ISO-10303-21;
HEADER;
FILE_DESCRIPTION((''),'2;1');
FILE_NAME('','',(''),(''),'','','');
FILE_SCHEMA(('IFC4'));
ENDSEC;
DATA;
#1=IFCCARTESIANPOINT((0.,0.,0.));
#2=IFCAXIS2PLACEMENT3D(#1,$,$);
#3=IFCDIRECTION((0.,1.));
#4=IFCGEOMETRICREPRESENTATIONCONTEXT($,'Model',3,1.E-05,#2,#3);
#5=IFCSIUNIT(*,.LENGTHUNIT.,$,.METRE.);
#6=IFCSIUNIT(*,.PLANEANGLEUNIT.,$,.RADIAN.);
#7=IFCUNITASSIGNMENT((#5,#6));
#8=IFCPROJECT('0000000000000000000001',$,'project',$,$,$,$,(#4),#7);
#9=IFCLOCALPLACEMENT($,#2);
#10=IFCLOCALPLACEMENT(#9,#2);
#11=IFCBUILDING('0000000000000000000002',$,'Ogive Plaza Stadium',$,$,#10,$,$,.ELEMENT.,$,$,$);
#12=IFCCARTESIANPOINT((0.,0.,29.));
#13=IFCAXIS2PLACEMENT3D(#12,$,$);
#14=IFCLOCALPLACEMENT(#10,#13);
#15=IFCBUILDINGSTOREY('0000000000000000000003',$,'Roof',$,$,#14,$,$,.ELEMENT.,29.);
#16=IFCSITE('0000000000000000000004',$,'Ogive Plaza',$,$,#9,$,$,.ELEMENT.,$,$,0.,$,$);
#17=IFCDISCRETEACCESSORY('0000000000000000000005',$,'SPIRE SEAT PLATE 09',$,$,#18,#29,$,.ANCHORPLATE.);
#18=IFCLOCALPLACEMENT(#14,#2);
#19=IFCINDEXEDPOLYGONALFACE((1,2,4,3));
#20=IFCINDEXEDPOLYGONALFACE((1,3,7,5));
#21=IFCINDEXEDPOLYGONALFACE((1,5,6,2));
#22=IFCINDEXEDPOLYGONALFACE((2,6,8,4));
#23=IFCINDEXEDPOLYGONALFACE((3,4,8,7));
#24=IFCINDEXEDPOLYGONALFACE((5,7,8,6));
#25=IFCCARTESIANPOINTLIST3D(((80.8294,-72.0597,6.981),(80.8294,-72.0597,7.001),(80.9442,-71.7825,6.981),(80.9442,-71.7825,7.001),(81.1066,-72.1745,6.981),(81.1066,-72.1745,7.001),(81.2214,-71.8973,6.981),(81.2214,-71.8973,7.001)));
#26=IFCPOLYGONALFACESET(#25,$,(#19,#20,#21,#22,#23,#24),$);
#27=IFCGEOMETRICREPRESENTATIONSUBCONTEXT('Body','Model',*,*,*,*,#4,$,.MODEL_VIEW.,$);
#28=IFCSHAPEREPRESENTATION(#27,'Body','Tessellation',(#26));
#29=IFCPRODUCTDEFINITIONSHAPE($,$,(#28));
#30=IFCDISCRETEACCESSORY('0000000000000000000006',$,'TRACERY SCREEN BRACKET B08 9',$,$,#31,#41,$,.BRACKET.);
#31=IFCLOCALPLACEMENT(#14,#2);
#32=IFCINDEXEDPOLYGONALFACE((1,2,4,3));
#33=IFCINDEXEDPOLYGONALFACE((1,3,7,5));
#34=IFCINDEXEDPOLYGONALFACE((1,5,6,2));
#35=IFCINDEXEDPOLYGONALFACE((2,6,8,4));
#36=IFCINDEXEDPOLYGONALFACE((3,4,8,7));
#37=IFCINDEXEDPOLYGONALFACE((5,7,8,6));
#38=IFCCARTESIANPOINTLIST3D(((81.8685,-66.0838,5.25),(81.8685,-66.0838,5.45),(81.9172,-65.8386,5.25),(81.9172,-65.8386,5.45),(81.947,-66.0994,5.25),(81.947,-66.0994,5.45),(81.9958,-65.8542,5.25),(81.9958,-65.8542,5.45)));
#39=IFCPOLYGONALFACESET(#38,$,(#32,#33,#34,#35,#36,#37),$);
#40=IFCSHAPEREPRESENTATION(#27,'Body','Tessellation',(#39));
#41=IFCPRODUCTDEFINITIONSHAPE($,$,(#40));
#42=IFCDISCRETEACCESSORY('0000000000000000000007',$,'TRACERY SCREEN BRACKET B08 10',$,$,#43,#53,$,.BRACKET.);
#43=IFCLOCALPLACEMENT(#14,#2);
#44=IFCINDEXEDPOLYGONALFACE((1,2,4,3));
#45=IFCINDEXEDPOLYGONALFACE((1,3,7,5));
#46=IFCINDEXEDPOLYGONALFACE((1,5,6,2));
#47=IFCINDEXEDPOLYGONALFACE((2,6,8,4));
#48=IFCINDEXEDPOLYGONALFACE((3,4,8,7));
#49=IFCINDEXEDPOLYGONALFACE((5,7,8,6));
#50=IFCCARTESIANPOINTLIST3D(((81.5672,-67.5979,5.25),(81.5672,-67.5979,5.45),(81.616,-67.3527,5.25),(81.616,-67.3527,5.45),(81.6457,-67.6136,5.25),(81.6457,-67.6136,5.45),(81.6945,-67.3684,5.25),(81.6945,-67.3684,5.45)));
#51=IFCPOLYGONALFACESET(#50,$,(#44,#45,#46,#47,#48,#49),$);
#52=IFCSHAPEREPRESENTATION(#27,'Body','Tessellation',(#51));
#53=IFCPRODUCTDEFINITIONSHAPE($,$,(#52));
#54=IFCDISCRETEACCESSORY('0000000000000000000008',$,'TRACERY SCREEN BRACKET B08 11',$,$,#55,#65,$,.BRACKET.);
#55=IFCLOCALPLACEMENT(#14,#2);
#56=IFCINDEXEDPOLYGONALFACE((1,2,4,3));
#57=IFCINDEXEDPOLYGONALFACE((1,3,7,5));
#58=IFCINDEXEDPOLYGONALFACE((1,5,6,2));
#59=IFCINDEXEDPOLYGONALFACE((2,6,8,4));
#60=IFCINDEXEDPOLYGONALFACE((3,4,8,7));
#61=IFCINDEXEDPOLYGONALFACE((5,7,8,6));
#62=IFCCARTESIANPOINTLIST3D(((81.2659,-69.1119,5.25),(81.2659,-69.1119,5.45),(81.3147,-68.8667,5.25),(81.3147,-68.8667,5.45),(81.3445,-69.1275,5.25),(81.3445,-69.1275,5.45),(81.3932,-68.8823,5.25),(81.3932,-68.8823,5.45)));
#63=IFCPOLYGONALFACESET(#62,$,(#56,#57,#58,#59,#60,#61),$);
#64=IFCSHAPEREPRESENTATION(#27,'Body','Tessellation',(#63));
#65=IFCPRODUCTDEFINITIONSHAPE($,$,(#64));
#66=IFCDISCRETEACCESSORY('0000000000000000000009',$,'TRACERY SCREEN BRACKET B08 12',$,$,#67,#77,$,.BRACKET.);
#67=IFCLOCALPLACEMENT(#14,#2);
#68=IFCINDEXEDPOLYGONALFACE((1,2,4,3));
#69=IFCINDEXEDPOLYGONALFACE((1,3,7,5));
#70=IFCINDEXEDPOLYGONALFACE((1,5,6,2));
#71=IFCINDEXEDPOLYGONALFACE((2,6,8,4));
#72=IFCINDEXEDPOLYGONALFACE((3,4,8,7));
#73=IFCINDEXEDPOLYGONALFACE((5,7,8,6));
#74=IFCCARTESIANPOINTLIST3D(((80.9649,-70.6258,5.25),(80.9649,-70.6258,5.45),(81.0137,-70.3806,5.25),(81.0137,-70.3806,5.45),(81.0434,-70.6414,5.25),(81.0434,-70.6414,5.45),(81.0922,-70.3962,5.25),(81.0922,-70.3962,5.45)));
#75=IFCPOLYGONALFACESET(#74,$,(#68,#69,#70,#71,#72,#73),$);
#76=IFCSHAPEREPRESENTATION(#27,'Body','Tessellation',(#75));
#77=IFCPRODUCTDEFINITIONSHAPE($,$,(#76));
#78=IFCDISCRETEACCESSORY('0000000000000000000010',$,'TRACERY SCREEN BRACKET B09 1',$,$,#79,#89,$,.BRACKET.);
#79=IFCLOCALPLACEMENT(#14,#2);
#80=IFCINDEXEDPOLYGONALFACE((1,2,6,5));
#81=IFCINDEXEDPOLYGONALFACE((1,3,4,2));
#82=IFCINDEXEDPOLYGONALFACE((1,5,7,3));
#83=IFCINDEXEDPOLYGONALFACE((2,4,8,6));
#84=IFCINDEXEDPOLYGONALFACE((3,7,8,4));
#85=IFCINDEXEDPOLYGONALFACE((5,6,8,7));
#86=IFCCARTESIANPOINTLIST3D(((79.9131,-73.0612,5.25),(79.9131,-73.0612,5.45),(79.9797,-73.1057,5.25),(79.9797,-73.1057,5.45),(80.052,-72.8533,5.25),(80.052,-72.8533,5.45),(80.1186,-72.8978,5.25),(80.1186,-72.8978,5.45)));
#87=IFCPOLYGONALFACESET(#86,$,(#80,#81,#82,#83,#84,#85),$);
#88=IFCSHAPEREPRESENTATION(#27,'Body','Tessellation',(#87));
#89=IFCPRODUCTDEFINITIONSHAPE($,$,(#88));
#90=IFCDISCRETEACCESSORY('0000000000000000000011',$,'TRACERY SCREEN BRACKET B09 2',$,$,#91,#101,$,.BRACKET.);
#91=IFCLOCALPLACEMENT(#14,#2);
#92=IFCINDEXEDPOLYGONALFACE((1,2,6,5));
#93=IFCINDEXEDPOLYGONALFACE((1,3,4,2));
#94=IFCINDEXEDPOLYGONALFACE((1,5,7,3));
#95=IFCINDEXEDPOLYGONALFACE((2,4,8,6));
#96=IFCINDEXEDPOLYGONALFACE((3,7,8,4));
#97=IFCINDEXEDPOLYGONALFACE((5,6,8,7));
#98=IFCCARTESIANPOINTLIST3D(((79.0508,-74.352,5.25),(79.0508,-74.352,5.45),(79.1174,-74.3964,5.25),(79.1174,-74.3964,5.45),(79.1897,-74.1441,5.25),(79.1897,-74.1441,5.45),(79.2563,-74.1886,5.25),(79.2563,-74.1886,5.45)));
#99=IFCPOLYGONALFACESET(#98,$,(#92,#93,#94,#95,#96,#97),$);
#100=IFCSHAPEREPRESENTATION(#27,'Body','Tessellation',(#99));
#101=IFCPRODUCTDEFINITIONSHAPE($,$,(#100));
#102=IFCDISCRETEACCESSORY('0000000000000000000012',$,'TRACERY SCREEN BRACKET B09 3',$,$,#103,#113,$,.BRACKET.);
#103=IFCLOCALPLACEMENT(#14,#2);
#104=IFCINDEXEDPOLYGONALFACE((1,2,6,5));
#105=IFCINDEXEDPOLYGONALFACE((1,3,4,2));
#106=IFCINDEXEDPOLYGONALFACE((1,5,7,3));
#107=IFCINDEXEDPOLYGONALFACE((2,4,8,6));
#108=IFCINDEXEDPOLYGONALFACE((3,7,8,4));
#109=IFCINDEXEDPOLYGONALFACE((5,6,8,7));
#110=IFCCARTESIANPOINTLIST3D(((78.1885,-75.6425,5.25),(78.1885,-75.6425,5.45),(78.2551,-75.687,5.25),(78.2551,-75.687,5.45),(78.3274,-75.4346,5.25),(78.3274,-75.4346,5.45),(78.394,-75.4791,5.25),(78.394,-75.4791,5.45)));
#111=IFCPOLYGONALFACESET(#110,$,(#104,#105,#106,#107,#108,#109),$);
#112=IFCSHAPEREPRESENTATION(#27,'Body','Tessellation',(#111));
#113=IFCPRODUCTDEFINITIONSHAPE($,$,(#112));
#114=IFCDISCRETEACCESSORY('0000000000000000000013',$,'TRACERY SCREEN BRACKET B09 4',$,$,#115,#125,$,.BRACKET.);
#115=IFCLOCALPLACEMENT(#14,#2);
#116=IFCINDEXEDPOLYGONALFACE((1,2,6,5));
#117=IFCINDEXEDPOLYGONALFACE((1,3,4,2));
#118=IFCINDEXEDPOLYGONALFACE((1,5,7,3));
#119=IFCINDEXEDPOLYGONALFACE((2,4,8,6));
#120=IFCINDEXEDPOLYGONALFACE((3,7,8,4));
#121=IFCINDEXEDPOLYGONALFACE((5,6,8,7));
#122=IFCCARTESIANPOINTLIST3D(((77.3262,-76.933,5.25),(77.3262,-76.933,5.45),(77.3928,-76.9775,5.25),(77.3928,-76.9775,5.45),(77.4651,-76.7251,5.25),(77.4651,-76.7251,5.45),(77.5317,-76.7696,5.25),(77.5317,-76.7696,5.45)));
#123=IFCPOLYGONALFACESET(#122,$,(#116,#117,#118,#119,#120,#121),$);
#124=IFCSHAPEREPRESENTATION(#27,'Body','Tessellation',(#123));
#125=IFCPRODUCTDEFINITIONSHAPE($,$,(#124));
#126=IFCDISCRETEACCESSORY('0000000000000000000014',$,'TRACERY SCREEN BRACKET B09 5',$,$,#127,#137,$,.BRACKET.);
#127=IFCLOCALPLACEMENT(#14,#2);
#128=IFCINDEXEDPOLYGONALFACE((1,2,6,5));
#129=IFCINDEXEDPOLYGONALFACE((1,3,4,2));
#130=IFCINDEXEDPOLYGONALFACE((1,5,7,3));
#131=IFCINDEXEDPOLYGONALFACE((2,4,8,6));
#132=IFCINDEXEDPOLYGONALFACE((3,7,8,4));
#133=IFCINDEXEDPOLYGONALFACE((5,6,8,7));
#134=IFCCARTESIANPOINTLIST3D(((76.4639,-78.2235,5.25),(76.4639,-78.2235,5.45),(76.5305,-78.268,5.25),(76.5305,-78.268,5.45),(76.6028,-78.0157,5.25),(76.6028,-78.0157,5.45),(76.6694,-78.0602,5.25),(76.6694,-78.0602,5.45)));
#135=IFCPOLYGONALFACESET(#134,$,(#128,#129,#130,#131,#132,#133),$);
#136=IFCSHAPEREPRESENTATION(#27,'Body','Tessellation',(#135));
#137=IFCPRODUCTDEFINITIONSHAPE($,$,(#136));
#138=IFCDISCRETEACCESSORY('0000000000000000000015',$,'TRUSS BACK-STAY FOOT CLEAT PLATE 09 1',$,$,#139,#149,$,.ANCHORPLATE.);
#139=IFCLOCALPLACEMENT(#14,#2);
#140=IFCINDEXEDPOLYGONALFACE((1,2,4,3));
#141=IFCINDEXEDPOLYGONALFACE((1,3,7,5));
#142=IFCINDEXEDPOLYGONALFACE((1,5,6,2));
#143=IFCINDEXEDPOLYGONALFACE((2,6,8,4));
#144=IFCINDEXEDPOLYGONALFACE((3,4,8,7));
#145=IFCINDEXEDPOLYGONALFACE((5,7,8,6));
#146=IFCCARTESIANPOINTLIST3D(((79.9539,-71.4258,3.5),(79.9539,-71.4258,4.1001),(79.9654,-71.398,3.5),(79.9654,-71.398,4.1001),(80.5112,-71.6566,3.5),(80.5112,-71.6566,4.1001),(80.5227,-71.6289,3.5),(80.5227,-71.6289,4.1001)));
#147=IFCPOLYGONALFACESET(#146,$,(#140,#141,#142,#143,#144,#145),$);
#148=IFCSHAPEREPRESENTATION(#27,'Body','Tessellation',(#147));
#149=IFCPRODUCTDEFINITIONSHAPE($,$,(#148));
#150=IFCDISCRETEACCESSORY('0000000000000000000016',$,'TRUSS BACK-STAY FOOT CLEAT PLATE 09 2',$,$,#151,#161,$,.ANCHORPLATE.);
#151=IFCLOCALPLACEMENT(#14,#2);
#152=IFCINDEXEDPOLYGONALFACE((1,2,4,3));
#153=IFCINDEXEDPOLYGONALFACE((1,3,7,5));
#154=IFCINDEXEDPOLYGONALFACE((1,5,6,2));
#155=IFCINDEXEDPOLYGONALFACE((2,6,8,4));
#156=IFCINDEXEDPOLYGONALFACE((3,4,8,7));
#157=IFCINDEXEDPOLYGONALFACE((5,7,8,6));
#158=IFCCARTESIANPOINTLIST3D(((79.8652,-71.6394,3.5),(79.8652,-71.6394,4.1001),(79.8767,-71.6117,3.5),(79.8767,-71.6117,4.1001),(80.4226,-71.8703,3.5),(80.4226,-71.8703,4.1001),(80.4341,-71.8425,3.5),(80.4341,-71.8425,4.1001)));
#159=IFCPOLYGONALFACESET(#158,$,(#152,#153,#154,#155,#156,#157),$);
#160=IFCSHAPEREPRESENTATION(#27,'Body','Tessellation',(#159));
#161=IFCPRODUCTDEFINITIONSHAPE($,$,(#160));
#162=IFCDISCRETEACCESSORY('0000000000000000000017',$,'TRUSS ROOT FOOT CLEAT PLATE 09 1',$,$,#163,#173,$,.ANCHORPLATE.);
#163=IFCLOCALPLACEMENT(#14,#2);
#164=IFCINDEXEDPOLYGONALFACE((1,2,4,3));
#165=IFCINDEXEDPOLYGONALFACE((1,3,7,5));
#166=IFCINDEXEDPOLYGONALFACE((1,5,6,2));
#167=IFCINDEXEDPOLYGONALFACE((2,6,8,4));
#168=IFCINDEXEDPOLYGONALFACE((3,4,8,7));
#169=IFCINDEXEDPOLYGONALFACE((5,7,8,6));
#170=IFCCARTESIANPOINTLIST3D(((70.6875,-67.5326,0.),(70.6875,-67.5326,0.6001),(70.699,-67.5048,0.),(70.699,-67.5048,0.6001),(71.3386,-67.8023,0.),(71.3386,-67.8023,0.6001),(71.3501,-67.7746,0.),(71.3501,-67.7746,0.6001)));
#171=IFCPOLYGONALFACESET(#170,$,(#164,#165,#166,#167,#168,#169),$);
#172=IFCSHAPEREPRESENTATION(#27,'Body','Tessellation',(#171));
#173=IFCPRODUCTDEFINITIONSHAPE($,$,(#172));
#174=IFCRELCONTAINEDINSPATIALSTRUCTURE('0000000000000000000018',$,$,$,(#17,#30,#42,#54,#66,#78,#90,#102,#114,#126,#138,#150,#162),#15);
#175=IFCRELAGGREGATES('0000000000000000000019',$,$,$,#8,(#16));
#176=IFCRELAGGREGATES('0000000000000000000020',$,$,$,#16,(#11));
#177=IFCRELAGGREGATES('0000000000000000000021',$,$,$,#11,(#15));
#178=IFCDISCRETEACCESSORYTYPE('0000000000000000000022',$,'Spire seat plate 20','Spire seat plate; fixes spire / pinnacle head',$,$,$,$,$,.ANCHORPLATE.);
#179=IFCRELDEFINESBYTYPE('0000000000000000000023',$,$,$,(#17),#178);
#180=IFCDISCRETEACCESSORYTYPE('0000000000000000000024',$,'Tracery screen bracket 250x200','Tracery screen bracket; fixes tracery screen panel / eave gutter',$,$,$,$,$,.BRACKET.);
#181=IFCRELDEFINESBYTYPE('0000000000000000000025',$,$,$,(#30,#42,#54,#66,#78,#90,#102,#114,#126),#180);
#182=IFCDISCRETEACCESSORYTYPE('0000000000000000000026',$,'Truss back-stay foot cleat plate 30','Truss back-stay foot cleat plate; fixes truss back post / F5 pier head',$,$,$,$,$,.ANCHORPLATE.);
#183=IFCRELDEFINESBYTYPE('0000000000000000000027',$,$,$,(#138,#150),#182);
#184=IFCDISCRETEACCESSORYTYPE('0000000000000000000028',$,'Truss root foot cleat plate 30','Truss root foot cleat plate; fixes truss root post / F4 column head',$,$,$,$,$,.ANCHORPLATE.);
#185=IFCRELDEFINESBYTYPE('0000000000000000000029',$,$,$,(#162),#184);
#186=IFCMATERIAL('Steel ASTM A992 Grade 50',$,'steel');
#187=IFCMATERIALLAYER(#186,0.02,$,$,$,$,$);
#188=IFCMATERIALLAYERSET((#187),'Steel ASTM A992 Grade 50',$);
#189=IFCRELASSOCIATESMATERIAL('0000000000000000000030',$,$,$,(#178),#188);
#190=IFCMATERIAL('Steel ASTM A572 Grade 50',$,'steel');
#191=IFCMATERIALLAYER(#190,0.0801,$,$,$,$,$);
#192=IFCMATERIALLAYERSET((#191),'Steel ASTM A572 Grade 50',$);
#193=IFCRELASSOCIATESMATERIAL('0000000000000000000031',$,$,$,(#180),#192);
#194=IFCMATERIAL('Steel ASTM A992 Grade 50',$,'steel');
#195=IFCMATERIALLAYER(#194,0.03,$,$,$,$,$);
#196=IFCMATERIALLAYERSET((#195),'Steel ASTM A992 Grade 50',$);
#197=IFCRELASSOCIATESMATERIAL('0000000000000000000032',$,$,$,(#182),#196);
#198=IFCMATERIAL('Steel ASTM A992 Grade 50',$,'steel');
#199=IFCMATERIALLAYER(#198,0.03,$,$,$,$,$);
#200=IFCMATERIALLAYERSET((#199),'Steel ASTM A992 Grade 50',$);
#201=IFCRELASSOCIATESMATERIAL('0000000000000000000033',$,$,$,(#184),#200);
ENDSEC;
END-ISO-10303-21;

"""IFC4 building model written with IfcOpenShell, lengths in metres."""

from ifc_helpers import new_model, si_unit, direction, frame, origin, origin_2d, place, context, subcontext, project, spatial, rectangle, extrude, material, layer, layer_set, type_object, element, save


model = new_model("IFC4")

# Units and contexts
model_context = context("Model", 3, precision=1e-05, world=origin(), true_north=direction((0.0, 1.0)))
body_context = subcontext(model_context, "Body", "Model", "MODEL_VIEW")
ifc_project = project(units=[si_unit("LENGTHUNIT", "METRE"), si_unit("PLANEANGLEUNIT", "RADIAN")], contexts=[model_context])

# Site, building, storey
site_placement = place(None, origin())
site = spatial("IfcSite", under=ifc_project, at=site_placement, Name="Ogive Plaza", CompositionType="ELEMENT", RefElevation=0.0)
building_placement = place(site_placement, origin())
building = spatial("IfcBuilding", under=site, at=building_placement, Name="Ogive Plaza Stadium", CompositionType="ELEMENT")
storey_placement = place(building_placement, frame((0.0, 0.0, 29.0)))
storey = spatial("IfcBuildingStorey", under=building, at=storey_placement, Name="Roof", CompositionType="ELEMENT", Elevation=29.0)

# Discrete accessories
ifc_material_1 = material(Name="Steel ASTM A992 Grade 50", Category="steel")
ifc_layer_1 = layer(ifc_material_1, 0.02)
ifc_layer_set_1 = layer_set([ifc_layer_1], Name="Steel ASTM A992 Grade 50")
discrete_accessory_type_1 = type_object("IfcDiscreteAccessoryType", Name="Spire seat plate 20", Description="Spire seat plate; fixes spire / pinnacle head", PredefinedType="ANCHORPLATE", material=ifc_layer_set_1)
discrete_accessory_1_placement = place(storey_placement, frame((81.0254, -71.9785, 6.981), z_axis=(0.0, 0.0, 1.0), x_axis=(0.92388, -0.382683, 0.0)))
element("IfcDiscreteAccessory", 1, at=discrete_accessory_1_placement, inside=storey, type_object=discrete_accessory_type_1, Name="SPIRE SEAT PLATE 09", PredefinedType="ANCHORPLATE", context=body_context, shape_type="SweptSolid", body=[
    extrude(rectangle(XDim=0.3, YDim=0.3, at=origin_2d()), origin(), (0.0, 0.0, 1.0), 0.02),
])
ifc_material_2 = material(Name="Steel ASTM A572 Grade 50", Category="steel")
ifc_layer_2 = layer(ifc_material_2, 0.0801)
ifc_layer_set_2 = layer_set([ifc_layer_2], Name="Steel ASTM A572 Grade 50")
discrete_accessory_type_2 = type_object("IfcDiscreteAccessoryType", Name="Tracery screen bracket 250x200", Description="Tracery screen bracket; fixes tracery screen panel / eave gutter", PredefinedType="BRACKET", material=ifc_layer_set_2)
for number, where, z_axis, x_axis, name in (
    (2, (81.9321, -65.969, 5.25), (0.0, 0.0, 1.0), (-0.19509, -0.980785, 0.0), "TRACERY SCREEN BRACKET B08 9"),
    (3, (81.6309, -67.4832, 5.25), (0.0, 0.0, 1.0), (-0.19509, -0.980785, 0.0), "TRACERY SCREEN BRACKET B08 10"),
    (4, (81.3296, -68.9971, 5.25), (0.0, 0.0, 1.0), (-0.19509, -0.980785, 0.0), "TRACERY SCREEN BRACKET B08 11"),
    (5, (81.0286, -70.511, 5.25), (0.0, 0.0, 1.0), (-0.19509, -0.980785, 0.0), "TRACERY SCREEN BRACKET B08 12"),
    (6, (80.0159, -72.9795, 5.25), (0.0, 0.0, 1.0), (-0.55557, -0.83147, 0.0), "TRACERY SCREEN BRACKET B09 1"),
    (7, (79.1536, -74.2703, 5.25), (0.0, 0.0, 1.0), (-0.55557, -0.83147, 0.0), "TRACERY SCREEN BRACKET B09 2"),
    (8, (78.2913, -75.5608, 5.25), (0.0, 0.0, 1.0), (-0.55557, -0.83147, 0.0), "TRACERY SCREEN BRACKET B09 3"),
    (9, (77.429, -76.8513, 5.25), (0.0, 0.0, 1.0), (-0.55557, -0.83147, 0.0), "TRACERY SCREEN BRACKET B09 4"),
    (10, (76.5667, -78.1418, 5.25), (0.0, 0.0, 1.0), (-0.55557, -0.83147, 0.0), "TRACERY SCREEN BRACKET B09 5"),
):
    element("IfcDiscreteAccessory", number, at=place(storey_placement, frame(where, z_axis=z_axis, x_axis=x_axis)), inside=storey, type_object=discrete_accessory_type_2, Name=name, PredefinedType="BRACKET", context=body_context, shape_type="SweptSolid", body=[
        extrude(rectangle(XDim=0.25, YDim=0.0801, at=origin_2d()), origin(), (0.0, 0.0, 1.0), 0.2),
    ])
ifc_material_3 = material(Name="Steel ASTM A992 Grade 50", Category="steel")
ifc_layer_3 = layer(ifc_material_3, 0.03)
ifc_layer_set_3 = layer_set([ifc_layer_3], Name="Steel ASTM A992 Grade 50")
discrete_accessory_type_3 = type_object("IfcDiscreteAccessoryType", Name="Truss back-stay foot cleat plate 30", Description="Truss back-stay foot cleat plate; fixes truss back post / F5 pier head", PredefinedType="ANCHORPLATE", material=ifc_layer_set_3)
for number, where, z_axis, x_axis, name in (
    (11, (80.2383, -71.5273, 3.5), (0.0, 0.0, 1.0), (0.92388, -0.382683, 0.0), "TRUSS BACK-STAY FOOT CLEAT PLATE 09 1"),
    (12, (80.1497, -71.741, 3.5), (0.0, 0.0, 1.0), (0.92388, -0.382683, 0.0), "TRUSS BACK-STAY FOOT CLEAT PLATE 09 2"),
):
    element("IfcDiscreteAccessory", number, at=place(storey_placement, frame(where, z_axis=z_axis, x_axis=x_axis)), inside=storey, type_object=discrete_accessory_type_3, Name=name, PredefinedType="ANCHORPLATE", context=body_context, shape_type="SweptSolid", body=[
        extrude(rectangle(XDim=0.6033, YDim=0.03, at=origin_2d()), origin(), (0.0, 0.0, 1.0), 0.6001),
    ])
ifc_material_4 = material(Name="Steel ASTM A992 Grade 50", Category="steel")
ifc_layer_4 = layer(ifc_material_4, 0.03)
ifc_layer_set_4 = layer_set([ifc_layer_4], Name="Steel ASTM A992 Grade 50")
discrete_accessory_type_4 = type_object("IfcDiscreteAccessoryType", Name="Truss root foot cleat plate 30", Description="Truss root foot cleat plate; fixes truss root post / F4 column head", PredefinedType="ANCHORPLATE", material=ifc_layer_set_4)
discrete_accessory_2_placement = place(storey_placement, frame((71.0188, -67.6536, 0.0), z_axis=(0.0, 0.0, 1.0), x_axis=(0.92388, -0.382683, 0.0)))
element("IfcDiscreteAccessory", 13, at=discrete_accessory_2_placement, inside=storey, type_object=discrete_accessory_type_4, Name="TRUSS ROOT FOOT CLEAT PLATE 09 1", PredefinedType="ANCHORPLATE", context=body_context, shape_type="SweptSolid", body=[
    extrude(rectangle(XDim=0.7048, YDim=0.03, at=origin_2d()), origin(), (0.0, 0.0, 1.0), 0.6001),
])

save(model, "model.ifc")
